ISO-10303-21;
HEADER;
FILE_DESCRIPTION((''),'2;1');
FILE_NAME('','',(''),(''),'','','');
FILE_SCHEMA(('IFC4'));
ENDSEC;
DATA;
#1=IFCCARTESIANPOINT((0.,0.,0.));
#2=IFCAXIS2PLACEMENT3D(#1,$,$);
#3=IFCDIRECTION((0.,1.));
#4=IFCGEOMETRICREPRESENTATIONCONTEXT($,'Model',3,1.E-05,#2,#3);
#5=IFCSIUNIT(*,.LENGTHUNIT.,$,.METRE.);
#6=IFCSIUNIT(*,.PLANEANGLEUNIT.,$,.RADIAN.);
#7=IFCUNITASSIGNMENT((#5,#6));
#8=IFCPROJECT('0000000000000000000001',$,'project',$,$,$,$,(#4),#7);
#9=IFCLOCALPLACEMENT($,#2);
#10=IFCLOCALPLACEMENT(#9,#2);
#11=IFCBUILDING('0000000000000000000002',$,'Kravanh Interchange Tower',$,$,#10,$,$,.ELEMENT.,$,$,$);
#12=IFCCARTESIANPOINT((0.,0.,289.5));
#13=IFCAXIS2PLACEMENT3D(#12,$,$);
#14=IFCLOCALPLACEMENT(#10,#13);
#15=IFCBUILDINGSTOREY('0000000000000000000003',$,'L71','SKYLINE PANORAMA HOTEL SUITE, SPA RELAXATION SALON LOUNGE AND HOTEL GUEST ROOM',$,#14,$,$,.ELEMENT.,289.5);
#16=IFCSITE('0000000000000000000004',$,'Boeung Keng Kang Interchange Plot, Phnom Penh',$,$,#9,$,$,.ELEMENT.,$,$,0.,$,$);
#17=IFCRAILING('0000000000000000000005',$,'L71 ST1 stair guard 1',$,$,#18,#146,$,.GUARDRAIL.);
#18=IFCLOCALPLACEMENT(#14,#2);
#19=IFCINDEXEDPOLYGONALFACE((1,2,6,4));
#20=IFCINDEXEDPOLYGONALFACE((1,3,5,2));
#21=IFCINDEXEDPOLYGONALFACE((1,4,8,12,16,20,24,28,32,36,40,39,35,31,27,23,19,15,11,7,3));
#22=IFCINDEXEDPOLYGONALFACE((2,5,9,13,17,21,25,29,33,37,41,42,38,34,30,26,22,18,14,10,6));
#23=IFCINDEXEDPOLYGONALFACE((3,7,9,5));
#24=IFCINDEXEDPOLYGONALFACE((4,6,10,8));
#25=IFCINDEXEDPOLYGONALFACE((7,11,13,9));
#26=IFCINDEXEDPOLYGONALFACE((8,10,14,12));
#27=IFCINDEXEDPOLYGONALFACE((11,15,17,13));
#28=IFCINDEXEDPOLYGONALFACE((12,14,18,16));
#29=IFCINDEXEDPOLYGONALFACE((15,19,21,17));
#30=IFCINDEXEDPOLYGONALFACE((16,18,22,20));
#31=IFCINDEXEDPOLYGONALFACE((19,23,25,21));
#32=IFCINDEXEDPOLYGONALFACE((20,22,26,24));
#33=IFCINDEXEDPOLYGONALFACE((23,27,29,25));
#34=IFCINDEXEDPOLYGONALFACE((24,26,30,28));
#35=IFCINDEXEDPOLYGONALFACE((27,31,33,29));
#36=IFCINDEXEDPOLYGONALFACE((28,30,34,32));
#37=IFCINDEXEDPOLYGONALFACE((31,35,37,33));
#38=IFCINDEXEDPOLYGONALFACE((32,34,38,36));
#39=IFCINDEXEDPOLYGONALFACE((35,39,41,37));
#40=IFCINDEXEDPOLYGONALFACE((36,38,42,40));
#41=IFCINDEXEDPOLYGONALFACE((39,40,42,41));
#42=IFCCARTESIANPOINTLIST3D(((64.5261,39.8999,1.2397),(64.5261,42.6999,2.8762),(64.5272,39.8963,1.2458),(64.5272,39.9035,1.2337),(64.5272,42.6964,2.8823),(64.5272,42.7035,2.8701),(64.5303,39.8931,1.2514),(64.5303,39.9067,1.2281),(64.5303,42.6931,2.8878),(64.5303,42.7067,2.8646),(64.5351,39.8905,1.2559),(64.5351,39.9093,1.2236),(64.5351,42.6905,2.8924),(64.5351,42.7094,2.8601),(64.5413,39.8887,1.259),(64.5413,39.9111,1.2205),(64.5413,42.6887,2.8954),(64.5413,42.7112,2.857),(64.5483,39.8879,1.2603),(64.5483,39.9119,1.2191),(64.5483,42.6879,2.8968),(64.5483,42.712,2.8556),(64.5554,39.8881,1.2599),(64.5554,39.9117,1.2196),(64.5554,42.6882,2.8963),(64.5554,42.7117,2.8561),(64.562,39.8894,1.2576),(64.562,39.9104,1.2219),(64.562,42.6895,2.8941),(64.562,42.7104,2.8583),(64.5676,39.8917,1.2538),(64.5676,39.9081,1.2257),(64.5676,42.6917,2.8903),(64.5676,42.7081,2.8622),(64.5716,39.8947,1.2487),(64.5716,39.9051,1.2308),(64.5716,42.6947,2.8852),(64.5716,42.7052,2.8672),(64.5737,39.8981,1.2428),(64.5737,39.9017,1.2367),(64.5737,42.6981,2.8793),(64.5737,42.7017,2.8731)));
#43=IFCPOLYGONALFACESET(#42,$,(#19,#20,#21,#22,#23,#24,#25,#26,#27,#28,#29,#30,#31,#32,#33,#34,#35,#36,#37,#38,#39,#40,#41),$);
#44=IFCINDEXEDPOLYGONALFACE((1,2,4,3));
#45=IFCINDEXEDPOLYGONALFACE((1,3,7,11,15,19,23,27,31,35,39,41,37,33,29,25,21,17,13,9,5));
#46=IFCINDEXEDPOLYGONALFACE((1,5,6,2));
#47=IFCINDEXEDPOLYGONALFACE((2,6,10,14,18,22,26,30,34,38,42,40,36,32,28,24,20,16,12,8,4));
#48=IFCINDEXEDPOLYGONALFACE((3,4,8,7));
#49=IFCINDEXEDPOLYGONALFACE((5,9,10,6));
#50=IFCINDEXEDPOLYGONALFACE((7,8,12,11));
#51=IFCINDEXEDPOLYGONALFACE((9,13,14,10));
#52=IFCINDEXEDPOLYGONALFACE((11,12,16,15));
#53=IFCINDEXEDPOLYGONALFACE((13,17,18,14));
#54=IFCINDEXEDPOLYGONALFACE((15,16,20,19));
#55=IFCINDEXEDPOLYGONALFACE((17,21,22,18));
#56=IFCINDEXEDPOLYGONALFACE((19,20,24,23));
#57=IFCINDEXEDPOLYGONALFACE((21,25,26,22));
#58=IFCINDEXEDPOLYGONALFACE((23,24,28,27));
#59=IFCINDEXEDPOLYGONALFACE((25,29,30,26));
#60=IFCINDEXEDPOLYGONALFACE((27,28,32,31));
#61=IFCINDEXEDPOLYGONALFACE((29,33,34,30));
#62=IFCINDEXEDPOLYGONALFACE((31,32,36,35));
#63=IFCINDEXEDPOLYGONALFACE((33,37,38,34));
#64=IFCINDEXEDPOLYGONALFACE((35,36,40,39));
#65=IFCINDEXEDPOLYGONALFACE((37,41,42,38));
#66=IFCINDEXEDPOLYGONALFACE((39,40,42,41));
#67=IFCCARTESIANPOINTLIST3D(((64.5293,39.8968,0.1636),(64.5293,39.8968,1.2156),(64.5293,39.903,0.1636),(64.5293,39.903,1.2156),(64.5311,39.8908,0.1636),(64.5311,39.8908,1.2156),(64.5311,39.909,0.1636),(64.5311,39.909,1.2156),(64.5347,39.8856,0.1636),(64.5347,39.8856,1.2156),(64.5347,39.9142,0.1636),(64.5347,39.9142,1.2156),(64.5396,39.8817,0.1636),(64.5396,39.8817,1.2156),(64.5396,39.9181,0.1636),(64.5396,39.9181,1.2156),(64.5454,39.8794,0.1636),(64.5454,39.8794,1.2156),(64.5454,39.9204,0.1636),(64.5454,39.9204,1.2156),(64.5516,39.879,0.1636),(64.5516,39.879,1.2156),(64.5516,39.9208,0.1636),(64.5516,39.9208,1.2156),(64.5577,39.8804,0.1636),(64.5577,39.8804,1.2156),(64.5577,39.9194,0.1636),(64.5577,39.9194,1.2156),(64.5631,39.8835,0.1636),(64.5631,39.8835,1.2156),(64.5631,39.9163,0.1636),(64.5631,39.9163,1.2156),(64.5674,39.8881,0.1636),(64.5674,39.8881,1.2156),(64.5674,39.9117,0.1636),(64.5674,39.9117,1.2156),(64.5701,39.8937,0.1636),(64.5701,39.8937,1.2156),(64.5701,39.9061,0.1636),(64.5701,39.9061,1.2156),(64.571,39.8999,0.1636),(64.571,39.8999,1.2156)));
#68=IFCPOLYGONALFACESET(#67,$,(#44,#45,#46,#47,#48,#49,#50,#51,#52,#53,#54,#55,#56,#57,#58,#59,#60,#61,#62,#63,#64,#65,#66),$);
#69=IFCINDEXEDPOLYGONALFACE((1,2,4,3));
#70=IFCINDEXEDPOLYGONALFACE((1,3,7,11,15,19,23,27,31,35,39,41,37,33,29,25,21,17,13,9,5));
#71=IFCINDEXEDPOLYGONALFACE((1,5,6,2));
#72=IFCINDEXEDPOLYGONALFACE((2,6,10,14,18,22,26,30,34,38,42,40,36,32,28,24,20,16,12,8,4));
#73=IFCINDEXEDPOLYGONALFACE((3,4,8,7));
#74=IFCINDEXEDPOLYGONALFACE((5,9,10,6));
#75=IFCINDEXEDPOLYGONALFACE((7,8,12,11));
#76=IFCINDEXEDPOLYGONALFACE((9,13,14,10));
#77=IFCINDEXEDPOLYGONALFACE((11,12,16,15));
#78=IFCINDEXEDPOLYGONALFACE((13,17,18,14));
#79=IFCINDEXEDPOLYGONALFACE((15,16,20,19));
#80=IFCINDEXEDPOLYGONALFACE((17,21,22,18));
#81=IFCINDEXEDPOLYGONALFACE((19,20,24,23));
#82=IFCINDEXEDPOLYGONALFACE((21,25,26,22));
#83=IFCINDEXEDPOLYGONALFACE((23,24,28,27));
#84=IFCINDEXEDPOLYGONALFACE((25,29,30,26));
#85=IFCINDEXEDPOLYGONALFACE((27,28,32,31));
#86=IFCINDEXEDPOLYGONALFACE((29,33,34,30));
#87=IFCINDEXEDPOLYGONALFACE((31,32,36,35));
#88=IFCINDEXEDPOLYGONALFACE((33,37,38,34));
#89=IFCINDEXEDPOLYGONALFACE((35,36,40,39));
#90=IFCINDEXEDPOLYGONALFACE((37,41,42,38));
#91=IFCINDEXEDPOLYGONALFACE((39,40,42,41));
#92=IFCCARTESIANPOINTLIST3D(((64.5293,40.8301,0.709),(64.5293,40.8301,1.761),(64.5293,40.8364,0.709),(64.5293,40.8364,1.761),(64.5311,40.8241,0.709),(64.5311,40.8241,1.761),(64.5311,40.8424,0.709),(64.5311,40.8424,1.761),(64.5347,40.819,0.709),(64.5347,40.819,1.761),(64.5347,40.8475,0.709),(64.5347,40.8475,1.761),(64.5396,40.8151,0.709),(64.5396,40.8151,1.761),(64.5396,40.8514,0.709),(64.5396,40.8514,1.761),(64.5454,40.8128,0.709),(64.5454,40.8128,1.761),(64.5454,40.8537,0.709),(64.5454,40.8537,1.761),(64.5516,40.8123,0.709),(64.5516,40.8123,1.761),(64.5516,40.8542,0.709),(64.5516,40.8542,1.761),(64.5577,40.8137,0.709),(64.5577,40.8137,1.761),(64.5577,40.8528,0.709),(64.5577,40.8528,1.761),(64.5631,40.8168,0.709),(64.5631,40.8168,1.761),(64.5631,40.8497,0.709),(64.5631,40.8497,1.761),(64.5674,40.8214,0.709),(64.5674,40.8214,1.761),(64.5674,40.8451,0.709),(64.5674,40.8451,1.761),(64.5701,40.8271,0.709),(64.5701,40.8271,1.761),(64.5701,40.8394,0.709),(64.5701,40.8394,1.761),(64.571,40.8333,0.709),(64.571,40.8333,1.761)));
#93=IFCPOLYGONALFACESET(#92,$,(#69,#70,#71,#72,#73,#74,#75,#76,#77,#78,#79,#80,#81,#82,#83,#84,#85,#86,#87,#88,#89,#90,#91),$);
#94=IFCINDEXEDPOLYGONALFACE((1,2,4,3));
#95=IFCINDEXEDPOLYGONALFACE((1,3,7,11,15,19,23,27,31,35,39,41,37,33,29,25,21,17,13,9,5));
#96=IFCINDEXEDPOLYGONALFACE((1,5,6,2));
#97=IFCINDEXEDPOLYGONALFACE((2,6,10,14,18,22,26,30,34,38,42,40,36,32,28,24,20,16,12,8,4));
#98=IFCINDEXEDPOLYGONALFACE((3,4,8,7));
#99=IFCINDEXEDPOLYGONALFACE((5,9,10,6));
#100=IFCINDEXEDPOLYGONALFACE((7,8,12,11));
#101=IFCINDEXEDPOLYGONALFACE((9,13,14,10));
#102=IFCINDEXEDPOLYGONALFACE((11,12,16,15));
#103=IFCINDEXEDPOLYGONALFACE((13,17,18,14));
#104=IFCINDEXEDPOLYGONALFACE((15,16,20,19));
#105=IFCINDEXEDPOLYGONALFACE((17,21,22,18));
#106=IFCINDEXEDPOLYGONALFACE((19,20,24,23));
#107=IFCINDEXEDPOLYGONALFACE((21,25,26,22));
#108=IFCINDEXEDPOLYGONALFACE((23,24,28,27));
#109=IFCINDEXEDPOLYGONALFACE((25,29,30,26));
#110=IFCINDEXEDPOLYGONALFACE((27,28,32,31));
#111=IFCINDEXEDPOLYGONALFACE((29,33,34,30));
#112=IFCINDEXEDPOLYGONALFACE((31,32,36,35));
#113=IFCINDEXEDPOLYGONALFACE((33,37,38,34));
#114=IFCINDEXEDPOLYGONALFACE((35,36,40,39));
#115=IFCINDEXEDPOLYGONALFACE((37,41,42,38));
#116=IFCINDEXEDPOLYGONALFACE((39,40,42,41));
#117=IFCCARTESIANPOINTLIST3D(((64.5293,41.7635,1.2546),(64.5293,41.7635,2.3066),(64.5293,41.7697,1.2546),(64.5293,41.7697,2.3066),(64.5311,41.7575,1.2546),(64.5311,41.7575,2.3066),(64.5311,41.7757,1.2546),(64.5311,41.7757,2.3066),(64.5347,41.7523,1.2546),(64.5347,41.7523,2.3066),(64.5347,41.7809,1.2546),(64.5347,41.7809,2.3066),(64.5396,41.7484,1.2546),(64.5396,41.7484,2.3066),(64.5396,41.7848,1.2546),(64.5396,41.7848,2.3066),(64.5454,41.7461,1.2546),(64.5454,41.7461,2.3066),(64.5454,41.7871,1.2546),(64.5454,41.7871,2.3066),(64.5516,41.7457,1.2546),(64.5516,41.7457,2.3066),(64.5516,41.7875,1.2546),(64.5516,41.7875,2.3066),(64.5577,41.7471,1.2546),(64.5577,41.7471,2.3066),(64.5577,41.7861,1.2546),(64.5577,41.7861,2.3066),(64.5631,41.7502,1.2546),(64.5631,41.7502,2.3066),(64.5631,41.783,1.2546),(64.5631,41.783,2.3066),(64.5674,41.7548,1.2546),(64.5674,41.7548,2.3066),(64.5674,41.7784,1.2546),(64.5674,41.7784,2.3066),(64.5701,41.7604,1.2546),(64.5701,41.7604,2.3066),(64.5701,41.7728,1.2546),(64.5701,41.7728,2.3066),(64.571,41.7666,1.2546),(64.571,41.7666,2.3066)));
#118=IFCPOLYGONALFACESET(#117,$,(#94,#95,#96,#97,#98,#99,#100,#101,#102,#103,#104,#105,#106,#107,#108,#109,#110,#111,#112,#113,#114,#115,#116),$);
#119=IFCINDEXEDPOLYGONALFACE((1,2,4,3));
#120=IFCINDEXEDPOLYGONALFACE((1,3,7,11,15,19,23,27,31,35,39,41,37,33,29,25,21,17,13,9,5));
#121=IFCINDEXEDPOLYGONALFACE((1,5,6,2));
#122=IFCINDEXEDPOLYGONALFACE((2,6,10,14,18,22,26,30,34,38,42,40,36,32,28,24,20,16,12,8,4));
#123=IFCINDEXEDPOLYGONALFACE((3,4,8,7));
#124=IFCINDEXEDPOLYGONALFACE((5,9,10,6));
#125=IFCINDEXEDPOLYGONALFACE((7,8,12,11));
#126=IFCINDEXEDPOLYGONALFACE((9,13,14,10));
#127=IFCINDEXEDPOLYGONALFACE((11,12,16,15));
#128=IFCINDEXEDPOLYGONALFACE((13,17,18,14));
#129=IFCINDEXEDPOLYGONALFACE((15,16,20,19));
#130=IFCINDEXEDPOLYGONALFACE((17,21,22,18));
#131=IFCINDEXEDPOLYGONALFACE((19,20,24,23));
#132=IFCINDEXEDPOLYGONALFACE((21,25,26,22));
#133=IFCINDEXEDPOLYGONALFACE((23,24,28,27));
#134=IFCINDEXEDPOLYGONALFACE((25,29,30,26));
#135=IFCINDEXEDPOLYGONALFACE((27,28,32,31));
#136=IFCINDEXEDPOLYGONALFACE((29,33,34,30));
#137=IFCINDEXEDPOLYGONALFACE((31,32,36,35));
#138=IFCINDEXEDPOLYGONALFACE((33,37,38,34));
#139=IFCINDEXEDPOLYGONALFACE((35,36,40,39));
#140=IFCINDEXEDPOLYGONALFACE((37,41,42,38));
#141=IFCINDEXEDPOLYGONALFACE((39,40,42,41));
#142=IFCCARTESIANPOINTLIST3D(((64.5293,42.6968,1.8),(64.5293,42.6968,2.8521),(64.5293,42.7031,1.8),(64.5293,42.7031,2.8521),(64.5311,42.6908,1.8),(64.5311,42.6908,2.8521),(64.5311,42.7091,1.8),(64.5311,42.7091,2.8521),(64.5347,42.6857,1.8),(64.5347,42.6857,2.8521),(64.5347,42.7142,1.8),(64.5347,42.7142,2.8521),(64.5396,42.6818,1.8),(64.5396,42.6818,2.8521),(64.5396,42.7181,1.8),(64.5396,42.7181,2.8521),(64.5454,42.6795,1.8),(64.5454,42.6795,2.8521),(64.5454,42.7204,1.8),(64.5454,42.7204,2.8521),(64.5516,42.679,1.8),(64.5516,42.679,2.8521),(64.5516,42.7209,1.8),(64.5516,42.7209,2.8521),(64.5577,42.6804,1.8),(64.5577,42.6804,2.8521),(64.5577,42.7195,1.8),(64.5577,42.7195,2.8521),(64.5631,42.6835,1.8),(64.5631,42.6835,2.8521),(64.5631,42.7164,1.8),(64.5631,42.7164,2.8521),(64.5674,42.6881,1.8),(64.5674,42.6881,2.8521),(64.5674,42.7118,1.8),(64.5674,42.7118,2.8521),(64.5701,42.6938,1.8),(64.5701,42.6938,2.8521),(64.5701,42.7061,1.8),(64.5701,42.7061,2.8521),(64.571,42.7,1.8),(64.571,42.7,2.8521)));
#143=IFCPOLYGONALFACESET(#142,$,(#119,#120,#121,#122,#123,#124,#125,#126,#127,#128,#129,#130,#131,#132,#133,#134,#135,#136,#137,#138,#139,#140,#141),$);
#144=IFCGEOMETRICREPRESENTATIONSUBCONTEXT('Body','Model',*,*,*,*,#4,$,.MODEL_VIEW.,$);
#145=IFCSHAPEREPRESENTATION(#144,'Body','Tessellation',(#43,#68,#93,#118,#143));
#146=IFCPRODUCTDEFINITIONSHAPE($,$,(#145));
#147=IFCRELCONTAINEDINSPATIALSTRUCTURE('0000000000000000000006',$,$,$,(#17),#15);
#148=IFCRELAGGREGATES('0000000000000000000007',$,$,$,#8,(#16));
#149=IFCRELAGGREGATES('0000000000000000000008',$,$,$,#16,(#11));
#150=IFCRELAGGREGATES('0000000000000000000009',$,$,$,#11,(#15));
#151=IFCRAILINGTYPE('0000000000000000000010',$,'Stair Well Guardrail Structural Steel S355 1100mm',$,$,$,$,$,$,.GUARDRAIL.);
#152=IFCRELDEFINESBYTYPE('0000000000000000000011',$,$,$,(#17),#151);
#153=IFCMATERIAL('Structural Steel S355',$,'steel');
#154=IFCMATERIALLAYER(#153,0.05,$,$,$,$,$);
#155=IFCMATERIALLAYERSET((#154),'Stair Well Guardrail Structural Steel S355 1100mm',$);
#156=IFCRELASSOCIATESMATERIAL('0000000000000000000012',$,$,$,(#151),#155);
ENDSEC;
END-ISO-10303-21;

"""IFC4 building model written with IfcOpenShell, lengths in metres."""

from ifc_helpers import new_model, si_unit, direction, frame, origin, origin_2d, place, context, subcontext, project, spatial, circle, extrude, material, layer, layer_set, type_object, element, save


model = new_model("IFC4")

# Units and contexts
model_context = context("Model", 3, precision=1e-05, world=origin(), true_north=direction((0.0, 1.0)))
body_context = subcontext(model_context, "Body", "Model", "MODEL_VIEW")
ifc_project = project(units=[si_unit("LENGTHUNIT", "METRE"), si_unit("PLANEANGLEUNIT", "RADIAN")], contexts=[model_context])

# Site, building, storey
site_placement = place(None, origin())
site = spatial("IfcSite", under=ifc_project, at=site_placement, Name="Boeung Keng Kang Interchange Plot, Phnom Penh", CompositionType="ELEMENT", RefElevation=0.0)
building_placement = place(site_placement, origin())
building = spatial("IfcBuilding", under=site, at=building_placement, Name="Kravanh Interchange Tower", CompositionType="ELEMENT")
storey_placement = place(building_placement, frame((0.0, 0.0, 289.5)))
storey = spatial("IfcBuildingStorey", under=building, at=storey_placement, Name="L71", Description="SKYLINE PANORAMA HOTEL SUITE, SPA RELAXATION SALON LOUNGE AND HOTEL GUEST ROOM", CompositionType="ELEMENT", Elevation=289.5)

# Railing
ifc_material_1 = material(Name="Structural Steel S355", Category="steel")
ifc_layer_1 = layer(ifc_material_1, 0.05)
ifc_layer_set_1 = layer_set([ifc_layer_1], Name="Stair Well Guardrail Structural Steel S355 1100mm")
railing_type_1 = type_object("IfcRailingType", Name="Stair Well Guardrail Structural Steel S355 1100mm", PredefinedType="GUARDRAIL", material=ifc_layer_set_1)
railing_1_placement = place(storey_placement, frame((64.55, 39.8999, 0.1636)))
element("IfcRailing", 1, at=railing_1_placement, inside=storey, type_object=railing_type_1, Name="L71 ST1 stair guard 1", PredefinedType="GUARDRAIL", context=body_context, shape_type="SweptSolid", body=[
    extrude(circle(Radius=0.0239, at=origin_2d()), frame((0.0, 0.0, 1.0762), z_axis=(0.0, 0.863361, 0.504587), x_axis=(-1.0, 0.0, 0.0)), (0.0, 0.0, 1.0), 3.2432),
    extrude(circle(Radius=0.021, at=origin_2d()), origin(), (0.0, 0.0, 1.0), 1.052),
    extrude(circle(Radius=0.021, at=origin_2d()), frame((0.0, 0.9333, 0.5454)), (0.0, 0.0, 1.0), 1.052),
    extrude(circle(Radius=0.021, at=origin_2d()), frame((0.0, 1.8667, 1.0911)), (0.0, 0.0, 1.0), 1.052),
    extrude(circle(Radius=0.021, at=origin_2d()), frame((0.0, 2.8, 1.6365)), (0.0, 0.0, 1.0), 1.052),
])

save(model, "model.ifc")
